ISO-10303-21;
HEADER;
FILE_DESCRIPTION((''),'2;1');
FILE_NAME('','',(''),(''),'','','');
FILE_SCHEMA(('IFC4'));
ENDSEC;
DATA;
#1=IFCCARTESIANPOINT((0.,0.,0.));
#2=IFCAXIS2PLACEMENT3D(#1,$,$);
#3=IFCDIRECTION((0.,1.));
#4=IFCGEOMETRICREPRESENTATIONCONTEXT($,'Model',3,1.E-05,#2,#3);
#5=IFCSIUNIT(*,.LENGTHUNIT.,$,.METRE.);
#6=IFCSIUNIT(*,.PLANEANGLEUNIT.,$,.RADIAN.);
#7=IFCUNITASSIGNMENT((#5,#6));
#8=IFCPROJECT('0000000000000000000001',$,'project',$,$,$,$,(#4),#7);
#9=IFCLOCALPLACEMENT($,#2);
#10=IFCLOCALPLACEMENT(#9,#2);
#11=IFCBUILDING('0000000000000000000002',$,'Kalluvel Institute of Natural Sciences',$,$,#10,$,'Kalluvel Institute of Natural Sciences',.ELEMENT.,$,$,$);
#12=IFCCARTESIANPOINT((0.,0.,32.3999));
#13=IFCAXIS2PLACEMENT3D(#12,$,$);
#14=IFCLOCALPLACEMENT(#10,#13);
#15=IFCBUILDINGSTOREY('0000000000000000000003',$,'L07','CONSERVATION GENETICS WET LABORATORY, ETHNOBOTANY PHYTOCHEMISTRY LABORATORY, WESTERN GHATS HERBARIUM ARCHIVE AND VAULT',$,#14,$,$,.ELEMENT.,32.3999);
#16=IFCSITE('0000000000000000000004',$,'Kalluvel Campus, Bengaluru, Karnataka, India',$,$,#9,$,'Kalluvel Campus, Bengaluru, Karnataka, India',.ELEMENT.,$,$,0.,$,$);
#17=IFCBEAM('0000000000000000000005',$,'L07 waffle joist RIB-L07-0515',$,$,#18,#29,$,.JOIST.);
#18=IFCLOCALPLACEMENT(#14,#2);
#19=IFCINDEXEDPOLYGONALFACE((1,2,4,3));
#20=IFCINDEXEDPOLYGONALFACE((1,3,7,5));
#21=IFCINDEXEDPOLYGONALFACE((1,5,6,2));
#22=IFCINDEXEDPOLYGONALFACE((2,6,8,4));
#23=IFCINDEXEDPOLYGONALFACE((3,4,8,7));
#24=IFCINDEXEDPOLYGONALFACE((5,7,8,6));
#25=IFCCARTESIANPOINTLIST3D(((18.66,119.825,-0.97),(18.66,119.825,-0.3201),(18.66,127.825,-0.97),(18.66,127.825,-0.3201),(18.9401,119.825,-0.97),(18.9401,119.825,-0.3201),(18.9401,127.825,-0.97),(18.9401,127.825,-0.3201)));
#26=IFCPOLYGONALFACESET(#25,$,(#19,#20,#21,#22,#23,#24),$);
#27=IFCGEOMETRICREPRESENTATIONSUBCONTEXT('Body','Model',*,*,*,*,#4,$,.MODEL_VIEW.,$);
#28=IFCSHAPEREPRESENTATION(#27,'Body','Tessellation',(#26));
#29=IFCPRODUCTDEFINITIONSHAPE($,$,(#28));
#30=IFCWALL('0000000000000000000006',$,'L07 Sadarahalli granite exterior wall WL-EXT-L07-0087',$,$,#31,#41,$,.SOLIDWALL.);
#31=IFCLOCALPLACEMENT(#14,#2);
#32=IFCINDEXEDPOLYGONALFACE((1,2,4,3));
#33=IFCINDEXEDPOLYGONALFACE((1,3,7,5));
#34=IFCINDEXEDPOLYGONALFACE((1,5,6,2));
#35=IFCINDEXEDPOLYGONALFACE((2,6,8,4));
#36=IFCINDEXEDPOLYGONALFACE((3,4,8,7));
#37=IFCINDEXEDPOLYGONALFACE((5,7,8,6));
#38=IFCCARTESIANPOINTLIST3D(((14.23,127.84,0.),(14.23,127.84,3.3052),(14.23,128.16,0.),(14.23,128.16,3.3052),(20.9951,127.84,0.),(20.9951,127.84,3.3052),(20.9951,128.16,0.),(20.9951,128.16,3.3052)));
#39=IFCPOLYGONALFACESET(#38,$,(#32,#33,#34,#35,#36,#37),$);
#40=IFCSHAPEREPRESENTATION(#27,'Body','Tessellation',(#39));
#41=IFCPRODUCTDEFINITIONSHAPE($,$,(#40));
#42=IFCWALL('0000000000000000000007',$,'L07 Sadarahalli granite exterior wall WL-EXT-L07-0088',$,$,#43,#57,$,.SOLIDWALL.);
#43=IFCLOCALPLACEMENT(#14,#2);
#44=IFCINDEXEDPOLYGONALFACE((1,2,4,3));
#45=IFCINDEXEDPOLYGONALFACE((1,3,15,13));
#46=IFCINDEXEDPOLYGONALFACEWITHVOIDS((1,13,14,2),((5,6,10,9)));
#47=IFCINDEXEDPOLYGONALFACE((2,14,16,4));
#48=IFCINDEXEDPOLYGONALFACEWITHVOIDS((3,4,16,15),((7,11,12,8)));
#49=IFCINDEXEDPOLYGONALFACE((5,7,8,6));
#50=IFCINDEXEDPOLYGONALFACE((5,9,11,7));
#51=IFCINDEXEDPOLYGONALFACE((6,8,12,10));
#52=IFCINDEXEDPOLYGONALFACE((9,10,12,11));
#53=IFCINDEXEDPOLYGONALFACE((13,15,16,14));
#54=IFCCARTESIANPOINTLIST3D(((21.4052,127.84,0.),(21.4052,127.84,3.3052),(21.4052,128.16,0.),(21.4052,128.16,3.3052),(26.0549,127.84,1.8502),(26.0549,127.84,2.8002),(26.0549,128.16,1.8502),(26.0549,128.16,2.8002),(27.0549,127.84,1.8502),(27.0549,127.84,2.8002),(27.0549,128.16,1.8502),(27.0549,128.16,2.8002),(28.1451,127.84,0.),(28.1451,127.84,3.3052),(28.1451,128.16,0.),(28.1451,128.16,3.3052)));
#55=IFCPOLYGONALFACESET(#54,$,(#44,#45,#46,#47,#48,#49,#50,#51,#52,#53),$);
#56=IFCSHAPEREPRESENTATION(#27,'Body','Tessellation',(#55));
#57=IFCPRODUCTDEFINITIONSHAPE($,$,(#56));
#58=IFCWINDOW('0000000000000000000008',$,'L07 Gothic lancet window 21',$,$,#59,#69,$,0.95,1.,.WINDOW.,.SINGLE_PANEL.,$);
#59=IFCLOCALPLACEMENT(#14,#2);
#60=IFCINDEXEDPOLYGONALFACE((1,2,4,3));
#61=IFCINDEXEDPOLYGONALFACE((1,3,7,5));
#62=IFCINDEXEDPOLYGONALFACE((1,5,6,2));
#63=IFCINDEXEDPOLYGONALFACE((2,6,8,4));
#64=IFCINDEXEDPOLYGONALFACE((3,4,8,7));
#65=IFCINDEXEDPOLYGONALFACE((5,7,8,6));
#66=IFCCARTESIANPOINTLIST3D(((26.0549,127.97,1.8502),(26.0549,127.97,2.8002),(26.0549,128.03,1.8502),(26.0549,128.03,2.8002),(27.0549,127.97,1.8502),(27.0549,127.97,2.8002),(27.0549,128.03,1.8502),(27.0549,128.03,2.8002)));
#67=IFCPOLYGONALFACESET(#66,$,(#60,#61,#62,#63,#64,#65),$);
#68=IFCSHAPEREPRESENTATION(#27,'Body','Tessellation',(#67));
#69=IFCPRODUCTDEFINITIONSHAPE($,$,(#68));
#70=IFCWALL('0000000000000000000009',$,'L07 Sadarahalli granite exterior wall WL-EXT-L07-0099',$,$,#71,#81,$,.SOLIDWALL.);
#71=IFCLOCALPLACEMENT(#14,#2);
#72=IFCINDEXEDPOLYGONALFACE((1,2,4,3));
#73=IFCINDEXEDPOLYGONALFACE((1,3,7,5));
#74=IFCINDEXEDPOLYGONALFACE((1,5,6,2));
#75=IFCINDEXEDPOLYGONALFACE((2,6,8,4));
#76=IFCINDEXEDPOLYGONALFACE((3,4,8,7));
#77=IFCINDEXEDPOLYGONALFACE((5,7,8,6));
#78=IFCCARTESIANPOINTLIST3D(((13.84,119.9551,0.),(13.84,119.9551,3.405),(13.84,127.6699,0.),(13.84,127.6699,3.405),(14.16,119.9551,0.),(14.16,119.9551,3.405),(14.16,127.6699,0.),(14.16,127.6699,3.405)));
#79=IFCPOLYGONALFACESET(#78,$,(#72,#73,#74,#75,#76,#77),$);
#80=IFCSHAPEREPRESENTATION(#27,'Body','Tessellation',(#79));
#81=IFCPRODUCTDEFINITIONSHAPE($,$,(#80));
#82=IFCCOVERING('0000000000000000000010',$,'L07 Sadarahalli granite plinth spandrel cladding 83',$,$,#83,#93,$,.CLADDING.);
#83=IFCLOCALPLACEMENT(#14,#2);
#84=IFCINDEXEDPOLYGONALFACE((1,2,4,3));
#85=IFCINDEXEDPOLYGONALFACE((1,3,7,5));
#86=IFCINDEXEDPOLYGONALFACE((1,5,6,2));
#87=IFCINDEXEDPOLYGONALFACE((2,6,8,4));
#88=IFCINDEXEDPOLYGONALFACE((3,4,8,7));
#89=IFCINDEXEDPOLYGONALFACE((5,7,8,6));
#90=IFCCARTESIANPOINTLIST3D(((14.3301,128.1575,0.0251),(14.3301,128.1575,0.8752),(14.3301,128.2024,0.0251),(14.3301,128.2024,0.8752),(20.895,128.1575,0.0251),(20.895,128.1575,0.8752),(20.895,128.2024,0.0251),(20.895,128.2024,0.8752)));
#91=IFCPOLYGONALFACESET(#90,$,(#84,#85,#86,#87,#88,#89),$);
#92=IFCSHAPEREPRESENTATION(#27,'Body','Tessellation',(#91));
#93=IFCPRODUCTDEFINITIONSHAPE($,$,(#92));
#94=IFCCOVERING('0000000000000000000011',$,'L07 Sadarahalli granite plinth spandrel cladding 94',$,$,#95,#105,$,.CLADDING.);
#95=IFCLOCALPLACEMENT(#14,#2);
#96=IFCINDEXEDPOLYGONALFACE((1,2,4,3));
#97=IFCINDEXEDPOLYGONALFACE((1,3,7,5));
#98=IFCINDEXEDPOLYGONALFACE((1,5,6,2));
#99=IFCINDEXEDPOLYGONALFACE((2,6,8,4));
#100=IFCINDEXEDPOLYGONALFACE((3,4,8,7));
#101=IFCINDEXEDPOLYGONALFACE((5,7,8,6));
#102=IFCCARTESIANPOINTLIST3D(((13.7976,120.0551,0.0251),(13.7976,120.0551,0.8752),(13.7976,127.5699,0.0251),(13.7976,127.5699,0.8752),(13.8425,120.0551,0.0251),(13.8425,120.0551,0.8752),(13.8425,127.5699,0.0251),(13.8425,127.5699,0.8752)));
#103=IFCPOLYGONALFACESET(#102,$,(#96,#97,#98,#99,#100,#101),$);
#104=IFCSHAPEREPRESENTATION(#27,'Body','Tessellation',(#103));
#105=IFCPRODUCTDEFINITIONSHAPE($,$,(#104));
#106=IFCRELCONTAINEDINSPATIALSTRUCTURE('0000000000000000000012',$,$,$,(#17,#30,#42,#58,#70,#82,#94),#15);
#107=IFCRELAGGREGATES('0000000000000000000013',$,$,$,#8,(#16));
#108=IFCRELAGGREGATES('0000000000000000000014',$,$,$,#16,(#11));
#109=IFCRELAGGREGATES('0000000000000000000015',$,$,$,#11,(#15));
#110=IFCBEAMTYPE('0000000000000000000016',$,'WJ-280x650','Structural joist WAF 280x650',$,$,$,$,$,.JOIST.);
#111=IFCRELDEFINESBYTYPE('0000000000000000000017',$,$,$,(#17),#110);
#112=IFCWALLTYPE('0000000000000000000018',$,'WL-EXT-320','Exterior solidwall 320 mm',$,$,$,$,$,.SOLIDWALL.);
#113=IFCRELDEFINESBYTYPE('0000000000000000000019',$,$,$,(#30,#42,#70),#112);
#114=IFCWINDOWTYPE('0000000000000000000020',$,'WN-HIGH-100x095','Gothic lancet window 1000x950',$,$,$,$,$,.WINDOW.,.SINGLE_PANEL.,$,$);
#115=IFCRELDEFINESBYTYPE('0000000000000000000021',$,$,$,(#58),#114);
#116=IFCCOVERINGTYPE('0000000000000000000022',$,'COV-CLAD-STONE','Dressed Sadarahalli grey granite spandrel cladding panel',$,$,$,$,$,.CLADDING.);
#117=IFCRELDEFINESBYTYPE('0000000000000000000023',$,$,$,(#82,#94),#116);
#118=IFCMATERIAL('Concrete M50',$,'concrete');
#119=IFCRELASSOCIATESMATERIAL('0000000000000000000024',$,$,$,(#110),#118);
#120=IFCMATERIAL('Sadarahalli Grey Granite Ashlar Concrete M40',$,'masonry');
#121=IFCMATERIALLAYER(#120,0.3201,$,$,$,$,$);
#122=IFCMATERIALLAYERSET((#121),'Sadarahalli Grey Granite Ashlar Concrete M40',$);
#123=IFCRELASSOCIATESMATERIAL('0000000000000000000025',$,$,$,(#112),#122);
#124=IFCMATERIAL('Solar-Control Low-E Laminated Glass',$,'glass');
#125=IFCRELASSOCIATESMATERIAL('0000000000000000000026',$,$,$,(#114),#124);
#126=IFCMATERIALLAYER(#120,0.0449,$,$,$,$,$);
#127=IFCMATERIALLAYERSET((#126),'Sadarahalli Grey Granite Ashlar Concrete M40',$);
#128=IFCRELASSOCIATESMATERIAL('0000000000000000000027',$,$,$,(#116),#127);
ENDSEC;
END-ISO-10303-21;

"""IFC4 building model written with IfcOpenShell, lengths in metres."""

from ifc_helpers import new_model, si_unit, direction, frame, frame_2d, origin, origin_2d, place, context, subcontext, project, spatial, rectangle, extrude, material, layer, layer_set, material_profile, profile_set, type_object, element, fill, save


model = new_model("IFC4")

# Units and contexts
model_context = context("Model", 3, precision=1e-05, world=origin(), true_north=direction((0.0, 1.0)))
body_context = subcontext(model_context, "Body", "Model", "MODEL_VIEW")
ifc_project = project(units=[si_unit("LENGTHUNIT", "METRE"), si_unit("PLANEANGLEUNIT", "RADIAN")], contexts=[model_context])

# Site, building, storey
site_placement = place(None, origin())
site = spatial("IfcSite", under=ifc_project, at=site_placement, Name="Kalluvel Campus, Bengaluru, Karnataka, India", LongName="Kalluvel Campus, Bengaluru, Karnataka, India", CompositionType="ELEMENT", RefElevation=0.0)
building_placement = place(site_placement, origin())
building = spatial("IfcBuilding", under=site, at=building_placement, Name="Kalluvel Institute of Natural Sciences", LongName="Kalluvel Institute of Natural Sciences", CompositionType="ELEMENT")
storey_placement = place(building_placement, frame((0.0, 0.0, 32.3999)))
storey = spatial("IfcBuildingStorey", under=building, at=storey_placement, Name="L07", Description="CONSERVATION GENETICS WET LABORATORY, ETHNOBOTANY PHYTOCHEMISTRY LABORATORY, WESTERN GHATS HERBARIUM ARCHIVE AND VAULT", CompositionType="ELEMENT", Elevation=32.3999)

# Beam
ifc_material_1 = material(Name="Concrete M50", Category="concrete")
ifc_material_profile_1 = material_profile(ifc_material_1, rectangle(XDim=0.28, YDim=0.6499, at=origin_2d()), Name="WAF 280x650")
ifc_profile_set_1 = profile_set([ifc_material_profile_1], Name="Concrete M50")
beam_type_1 = type_object("IfcBeamType", Name="WJ-280x650", Description="Structural joist WAF 280x650", PredefinedType="JOIST", material=ifc_profile_set_1)
beam_1_placement = place(storey_placement, frame((18.8, 119.825, -0.645), z_axis=(0.0, 1.0, 0.0), x_axis=(-1.0, 0.0, 0.0)))
element("IfcBeam", 1, at=beam_1_placement, inside=storey, type_object=beam_type_1, Name="L07 waffle joist RIB-L07-0515", PredefinedType="JOIST", context=body_context, shape_type="SweptSolid", body=[
    extrude(rectangle(XDim=0.28, YDim=0.6499, at=origin_2d()), origin(), (0.0, 0.0, 1.0), 8.0),
])

# Wall
ifc_material_2 = material(Name="Sadarahalli Grey Granite Ashlar Concrete M40", Category="masonry")
ifc_layer_1 = layer(ifc_material_2, 0.3201)
ifc_layer_set_1 = layer_set([ifc_layer_1], Name="Sadarahalli Grey Granite Ashlar Concrete M40")
wall_type = type_object("IfcWallType", Name="WL-EXT-320", Description="Exterior solidwall 320 mm", PredefinedType="SOLIDWALL", material=ifc_layer_set_1)
wall_1_placement = place(storey_placement, frame((14.23, 128.0, 0.0), z_axis=(0.0, 0.0, 1.0), x_axis=(1.0, 0.0, 0.0)))
element("IfcWall", 2, at=wall_1_placement, inside=storey, type_object=wall_type, Name="L07 Sadarahalli granite exterior wall WL-EXT-L07-0087", PredefinedType="SOLIDWALL", context=body_context, shape_type="SweptSolid", body=[
    extrude(rectangle(XDim=6.7651, YDim=0.3201, at=frame_2d((3.3826, 0.0))), origin(), (0.0, 0.0, 1.0), 3.3052),
])

# Wall, opening, window
wall_2_placement = place(storey_placement, frame((21.405, 128.0, 0.0), z_axis=(0.0, 0.0, 1.0), x_axis=(1.0, 0.0, 0.0)))
wall_2 = element("IfcWall", 3, at=wall_2_placement, inside=storey, type_object=wall_type, Name="L07 Sadarahalli granite exterior wall WL-EXT-L07-0088", PredefinedType="SOLIDWALL", context=body_context, shape_type="SweptSolid", body=[
    extrude(rectangle(XDim=6.74, YDim=0.3201, at=frame_2d((3.3701, 0.0))), origin(), (0.0, 0.0, 1.0), 3.3052),
])
opening_placement = place(wall_2_placement, frame((4.6499, 0.0, 1.8501)))
opening = element("IfcOpeningElement", 4, at=opening_placement, cuts=wall_2, PredefinedType="OPENING", context=body_context, shape_type="SweptSolid", body=[
    extrude(rectangle(XDim=1.0, YDim=0.95, at=frame_2d((0.5, 0.4751))), frame((0.0, 0.1699, 0.0), z_axis=(0.0, -1.0, 0.0), x_axis=(1.0, 0.0, 0.0)), (0.0, 0.0, 1.0), 0.3401),
])
ifc_material_3 = material(Name="Solar-Control Low-E Laminated Glass", Category="glass")
window_type = type_object("IfcWindowType", Name="WN-HIGH-100x095", Description="Gothic lancet window 1000x950", PartitioningType="SINGLE_PANEL", PredefinedType="WINDOW", material=ifc_material_3)
window_placement = place(opening_placement, origin())
window = element("IfcWindow", 5, at=window_placement, inside=storey, type_object=window_type, Name="L07 Gothic lancet window 21", OverallHeight=0.95, OverallWidth=1.0, PartitioningType="SINGLE_PANEL", PredefinedType="WINDOW", context=body_context, shape_type="SweptSolid", body=[
    extrude(rectangle(XDim=1.0, YDim=0.95, at=frame_2d((0.5, 0.4751))), frame((0.0, 0.03, 0.0), z_axis=(0.0, -1.0, 0.0), x_axis=(1.0, 0.0, 0.0)), (0.0, 0.0, 1.0), 0.0601),
])
fill(opening, window)

# Wall
wall_3_placement = place(storey_placement, frame((14.0, 119.9551, 0.0), z_axis=(0.0, 0.0, 1.0), x_axis=(0.0, 1.0, 0.0)))
element("IfcWall", 6, at=wall_3_placement, inside=storey, type_object=wall_type, Name="L07 Sadarahalli granite exterior wall WL-EXT-L07-0099", PredefinedType="SOLIDWALL", context=body_context, shape_type="SweptSolid", body=[
    extrude(rectangle(XDim=7.7148, YDim=0.3201, at=frame_2d((3.8574, 0.0))), origin(), (0.0, 0.0, 1.0), 3.405),
])

# Coverings
ifc_layer_2 = layer(ifc_material_2, 0.0449)
ifc_layer_set_2 = layer_set([ifc_layer_2], Name="Sadarahalli Grey Granite Ashlar Concrete M40")
covering_type = type_object("IfcCoveringType", Name="COV-CLAD-STONE", Description="Dressed Sadarahalli grey granite spandrel cladding panel", PredefinedType="CLADDING", material=ifc_layer_set_2)
covering_1_placement = place(storey_placement, frame((17.6125, 128.1799, 0.0251), z_axis=(0.0, 0.0, 1.0), x_axis=(1.0, 0.0, 0.0)))
element("IfcCovering", 7, at=covering_1_placement, inside=storey, type_object=covering_type, Name="L07 Sadarahalli granite plinth spandrel cladding 83", PredefinedType="CLADDING", context=body_context, shape_type="SweptSolid", body=[
    extrude(rectangle(XDim=6.5649, YDim=0.0449, at=origin_2d()), origin(), (0.0, 0.0, 1.0), 0.8501),
])
covering_2_placement = place(storey_placement, frame((13.8201, 123.8125, 0.0251), z_axis=(0.0, 0.0, 1.0), x_axis=(0.0, 1.0, 0.0)))
element("IfcCovering", 8, at=covering_2_placement, inside=storey, type_object=covering_type, Name="L07 Sadarahalli granite plinth spandrel cladding 94", PredefinedType="CLADDING", context=body_context, shape_type="SweptSolid", body=[
    extrude(rectangle(XDim=7.5149, YDim=0.0449, at=origin_2d()), origin(), (0.0, 0.0, 1.0), 0.8501),
])

save(model, "model.ifc")
